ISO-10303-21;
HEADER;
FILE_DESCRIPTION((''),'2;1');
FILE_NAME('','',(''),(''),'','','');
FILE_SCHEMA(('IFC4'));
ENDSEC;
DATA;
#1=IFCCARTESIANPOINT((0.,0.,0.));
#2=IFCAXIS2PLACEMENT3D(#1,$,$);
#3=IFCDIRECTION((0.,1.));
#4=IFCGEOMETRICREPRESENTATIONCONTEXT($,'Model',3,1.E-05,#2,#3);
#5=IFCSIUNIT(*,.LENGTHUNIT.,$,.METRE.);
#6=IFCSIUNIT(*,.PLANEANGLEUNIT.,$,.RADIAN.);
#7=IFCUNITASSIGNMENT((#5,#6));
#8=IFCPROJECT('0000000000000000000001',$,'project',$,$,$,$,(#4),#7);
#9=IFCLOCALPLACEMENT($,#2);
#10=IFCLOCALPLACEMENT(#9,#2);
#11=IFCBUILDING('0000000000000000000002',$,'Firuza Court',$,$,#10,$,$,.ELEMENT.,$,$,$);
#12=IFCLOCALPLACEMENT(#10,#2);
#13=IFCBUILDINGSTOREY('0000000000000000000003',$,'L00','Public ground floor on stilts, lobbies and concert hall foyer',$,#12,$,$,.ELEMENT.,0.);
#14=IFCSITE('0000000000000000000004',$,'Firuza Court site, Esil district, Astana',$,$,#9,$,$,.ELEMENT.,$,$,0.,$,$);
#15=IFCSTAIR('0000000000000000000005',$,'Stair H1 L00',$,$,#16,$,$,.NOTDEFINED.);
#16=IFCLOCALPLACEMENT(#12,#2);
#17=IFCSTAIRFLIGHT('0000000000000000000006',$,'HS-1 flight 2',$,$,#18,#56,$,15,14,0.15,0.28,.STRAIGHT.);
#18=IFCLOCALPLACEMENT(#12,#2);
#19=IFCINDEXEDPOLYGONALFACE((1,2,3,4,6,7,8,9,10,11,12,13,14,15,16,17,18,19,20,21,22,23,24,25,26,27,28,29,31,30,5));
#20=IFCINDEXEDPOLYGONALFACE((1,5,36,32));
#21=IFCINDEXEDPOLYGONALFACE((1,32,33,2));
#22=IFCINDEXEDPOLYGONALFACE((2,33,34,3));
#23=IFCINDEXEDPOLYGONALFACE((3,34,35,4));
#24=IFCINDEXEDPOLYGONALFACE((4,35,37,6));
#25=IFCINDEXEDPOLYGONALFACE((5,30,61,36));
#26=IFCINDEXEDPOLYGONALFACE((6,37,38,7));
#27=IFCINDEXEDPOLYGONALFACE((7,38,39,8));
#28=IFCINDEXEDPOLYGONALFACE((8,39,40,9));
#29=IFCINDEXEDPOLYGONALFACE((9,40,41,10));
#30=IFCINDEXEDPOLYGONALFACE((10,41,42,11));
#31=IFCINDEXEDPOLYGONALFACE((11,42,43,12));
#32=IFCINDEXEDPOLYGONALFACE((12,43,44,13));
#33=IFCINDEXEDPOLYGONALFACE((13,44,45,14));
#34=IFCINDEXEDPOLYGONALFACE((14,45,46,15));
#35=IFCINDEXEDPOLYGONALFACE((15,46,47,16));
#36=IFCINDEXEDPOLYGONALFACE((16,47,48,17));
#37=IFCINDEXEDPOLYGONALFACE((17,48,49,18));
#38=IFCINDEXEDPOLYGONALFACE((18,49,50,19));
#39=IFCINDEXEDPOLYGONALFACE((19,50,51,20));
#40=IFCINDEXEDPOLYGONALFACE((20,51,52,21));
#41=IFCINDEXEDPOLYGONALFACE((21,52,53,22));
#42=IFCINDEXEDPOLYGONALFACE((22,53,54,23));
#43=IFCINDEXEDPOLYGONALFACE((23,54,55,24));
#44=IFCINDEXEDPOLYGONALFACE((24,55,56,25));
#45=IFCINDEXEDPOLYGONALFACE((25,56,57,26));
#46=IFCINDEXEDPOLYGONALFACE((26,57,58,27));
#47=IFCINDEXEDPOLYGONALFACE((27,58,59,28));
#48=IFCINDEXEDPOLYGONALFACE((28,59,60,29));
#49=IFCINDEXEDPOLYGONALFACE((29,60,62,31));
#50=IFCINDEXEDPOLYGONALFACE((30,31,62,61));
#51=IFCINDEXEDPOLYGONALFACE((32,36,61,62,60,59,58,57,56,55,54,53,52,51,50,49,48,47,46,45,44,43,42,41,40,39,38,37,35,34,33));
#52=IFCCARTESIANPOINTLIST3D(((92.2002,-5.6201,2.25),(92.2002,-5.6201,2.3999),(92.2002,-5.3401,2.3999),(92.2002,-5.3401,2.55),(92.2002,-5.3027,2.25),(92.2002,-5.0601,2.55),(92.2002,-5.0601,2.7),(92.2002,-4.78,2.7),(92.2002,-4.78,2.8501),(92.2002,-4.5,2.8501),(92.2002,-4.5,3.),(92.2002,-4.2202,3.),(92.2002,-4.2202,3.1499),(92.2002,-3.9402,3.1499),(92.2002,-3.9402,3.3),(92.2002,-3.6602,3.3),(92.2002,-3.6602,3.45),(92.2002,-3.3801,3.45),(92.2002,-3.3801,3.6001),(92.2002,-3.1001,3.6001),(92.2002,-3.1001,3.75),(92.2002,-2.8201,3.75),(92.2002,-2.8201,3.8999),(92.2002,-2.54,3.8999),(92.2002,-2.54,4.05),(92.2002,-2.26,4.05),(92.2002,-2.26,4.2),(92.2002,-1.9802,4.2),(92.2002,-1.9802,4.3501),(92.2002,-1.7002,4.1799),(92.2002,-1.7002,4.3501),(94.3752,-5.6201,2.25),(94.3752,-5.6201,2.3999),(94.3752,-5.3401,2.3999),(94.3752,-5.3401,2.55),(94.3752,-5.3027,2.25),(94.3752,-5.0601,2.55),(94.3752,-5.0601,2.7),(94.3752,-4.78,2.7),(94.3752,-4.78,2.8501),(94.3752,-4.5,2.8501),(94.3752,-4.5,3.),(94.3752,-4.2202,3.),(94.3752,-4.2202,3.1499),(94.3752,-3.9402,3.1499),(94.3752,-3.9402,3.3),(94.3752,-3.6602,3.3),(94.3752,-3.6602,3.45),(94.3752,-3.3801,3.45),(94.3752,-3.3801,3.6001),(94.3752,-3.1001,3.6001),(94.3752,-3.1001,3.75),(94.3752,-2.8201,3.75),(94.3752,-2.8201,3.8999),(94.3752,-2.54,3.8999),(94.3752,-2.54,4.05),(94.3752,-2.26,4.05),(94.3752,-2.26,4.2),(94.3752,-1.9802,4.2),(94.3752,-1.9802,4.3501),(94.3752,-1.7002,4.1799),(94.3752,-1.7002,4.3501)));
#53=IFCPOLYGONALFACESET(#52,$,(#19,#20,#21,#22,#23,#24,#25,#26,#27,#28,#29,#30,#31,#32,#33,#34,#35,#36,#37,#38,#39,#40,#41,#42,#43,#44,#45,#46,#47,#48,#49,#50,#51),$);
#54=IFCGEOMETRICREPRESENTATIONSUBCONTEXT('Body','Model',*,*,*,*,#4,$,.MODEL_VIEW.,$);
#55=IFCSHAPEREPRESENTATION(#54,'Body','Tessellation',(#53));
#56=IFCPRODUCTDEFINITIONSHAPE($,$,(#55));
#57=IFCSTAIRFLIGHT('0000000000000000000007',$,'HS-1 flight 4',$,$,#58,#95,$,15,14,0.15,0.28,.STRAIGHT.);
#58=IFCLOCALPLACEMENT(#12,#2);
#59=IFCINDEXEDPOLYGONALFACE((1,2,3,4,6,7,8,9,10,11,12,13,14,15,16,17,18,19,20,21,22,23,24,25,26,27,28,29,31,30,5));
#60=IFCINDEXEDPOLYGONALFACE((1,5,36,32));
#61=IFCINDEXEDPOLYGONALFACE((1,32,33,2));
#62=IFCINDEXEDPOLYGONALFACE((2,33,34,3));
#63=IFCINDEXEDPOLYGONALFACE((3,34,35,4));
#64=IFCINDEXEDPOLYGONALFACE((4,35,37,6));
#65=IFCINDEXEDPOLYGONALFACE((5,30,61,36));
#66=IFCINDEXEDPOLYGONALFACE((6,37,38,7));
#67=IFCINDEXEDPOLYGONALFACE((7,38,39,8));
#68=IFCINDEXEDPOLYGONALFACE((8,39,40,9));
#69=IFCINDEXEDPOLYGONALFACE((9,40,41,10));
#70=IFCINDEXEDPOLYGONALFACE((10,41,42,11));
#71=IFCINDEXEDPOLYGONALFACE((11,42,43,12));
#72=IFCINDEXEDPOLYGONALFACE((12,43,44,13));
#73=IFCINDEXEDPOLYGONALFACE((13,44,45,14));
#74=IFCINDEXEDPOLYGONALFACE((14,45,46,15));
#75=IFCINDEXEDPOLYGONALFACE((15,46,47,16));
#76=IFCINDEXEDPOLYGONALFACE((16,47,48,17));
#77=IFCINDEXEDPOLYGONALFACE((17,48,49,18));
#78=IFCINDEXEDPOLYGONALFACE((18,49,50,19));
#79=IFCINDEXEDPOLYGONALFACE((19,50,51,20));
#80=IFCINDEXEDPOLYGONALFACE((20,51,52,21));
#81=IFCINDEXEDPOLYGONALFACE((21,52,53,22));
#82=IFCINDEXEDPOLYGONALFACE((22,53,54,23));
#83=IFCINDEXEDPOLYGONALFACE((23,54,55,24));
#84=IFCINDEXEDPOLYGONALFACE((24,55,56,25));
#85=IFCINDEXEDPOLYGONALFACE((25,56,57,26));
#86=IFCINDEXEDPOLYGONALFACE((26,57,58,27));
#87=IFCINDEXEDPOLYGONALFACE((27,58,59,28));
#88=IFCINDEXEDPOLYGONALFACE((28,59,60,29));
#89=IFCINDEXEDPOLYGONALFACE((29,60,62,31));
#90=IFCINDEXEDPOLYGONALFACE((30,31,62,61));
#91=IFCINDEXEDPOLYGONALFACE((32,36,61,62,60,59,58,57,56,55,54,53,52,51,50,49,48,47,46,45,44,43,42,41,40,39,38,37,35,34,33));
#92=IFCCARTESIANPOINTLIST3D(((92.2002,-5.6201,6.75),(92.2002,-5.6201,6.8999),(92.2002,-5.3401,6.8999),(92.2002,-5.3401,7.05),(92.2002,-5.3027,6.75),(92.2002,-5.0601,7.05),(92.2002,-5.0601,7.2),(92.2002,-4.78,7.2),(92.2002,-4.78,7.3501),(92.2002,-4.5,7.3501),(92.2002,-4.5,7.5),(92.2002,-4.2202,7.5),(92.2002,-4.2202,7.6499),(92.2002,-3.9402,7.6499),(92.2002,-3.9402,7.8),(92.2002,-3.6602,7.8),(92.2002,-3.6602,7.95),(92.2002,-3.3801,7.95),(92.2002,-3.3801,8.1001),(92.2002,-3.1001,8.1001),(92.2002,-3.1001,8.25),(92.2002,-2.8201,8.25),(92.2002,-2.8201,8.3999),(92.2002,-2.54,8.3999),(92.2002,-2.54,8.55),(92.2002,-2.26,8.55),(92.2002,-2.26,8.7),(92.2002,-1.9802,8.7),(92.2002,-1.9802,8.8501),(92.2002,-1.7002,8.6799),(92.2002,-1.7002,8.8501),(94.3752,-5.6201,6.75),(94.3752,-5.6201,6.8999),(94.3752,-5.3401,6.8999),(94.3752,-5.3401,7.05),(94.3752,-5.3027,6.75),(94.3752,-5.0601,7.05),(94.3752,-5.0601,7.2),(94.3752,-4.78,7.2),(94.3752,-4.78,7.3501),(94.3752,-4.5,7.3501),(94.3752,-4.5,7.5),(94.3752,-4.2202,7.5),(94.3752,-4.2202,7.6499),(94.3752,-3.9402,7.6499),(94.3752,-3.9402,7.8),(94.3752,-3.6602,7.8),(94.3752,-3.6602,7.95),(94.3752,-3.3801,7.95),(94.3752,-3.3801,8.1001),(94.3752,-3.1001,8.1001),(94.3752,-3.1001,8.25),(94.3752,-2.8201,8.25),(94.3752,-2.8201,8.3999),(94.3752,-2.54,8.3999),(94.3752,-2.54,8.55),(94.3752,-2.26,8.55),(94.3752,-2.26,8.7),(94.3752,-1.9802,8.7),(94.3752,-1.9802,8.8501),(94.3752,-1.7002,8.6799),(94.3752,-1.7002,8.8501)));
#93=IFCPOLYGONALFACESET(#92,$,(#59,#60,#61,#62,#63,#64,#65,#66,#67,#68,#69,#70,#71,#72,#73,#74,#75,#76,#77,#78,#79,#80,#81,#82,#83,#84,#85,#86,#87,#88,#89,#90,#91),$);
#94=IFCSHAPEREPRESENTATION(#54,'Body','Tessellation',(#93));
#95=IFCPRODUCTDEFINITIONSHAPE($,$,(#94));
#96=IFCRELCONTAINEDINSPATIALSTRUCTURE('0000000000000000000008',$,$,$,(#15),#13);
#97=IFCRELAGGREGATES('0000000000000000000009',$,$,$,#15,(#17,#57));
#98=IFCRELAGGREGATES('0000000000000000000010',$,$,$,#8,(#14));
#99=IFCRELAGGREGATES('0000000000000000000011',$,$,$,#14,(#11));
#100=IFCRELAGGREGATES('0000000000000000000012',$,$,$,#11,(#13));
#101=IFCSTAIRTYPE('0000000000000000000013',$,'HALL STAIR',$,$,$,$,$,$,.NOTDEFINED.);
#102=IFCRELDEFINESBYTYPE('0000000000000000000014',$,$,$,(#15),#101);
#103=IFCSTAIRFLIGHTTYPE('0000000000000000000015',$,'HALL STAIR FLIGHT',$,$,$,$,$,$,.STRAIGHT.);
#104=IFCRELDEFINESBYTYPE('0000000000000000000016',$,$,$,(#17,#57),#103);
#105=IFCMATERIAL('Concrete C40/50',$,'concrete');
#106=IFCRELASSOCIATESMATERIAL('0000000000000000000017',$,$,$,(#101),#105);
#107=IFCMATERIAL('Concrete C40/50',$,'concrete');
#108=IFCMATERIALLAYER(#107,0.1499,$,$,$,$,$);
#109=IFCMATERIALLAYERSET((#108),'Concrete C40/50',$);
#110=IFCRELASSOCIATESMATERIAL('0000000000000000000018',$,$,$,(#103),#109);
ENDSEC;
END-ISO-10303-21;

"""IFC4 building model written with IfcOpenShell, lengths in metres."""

from ifc_helpers import new_model, si_unit, direction, frame, origin, place, context, subcontext, project, spatial, polyline, outline, extrude, material, layer, layer_set, type_object, element, aggregate, save


model = new_model("IFC4")

# Units and contexts
model_context = context("Model", 3, precision=1e-05, world=origin(), true_north=direction((0.0, 1.0)))
body_context = subcontext(model_context, "Body", "Model", "MODEL_VIEW")
ifc_project = project(units=[si_unit("LENGTHUNIT", "METRE"), si_unit("PLANEANGLEUNIT", "RADIAN")], contexts=[model_context])

# Site, building, storey
site_placement = place(None, origin())
site = spatial("IfcSite", under=ifc_project, at=site_placement, Name="Firuza Court site, Esil district, Astana", CompositionType="ELEMENT", RefElevation=0.0)
building_placement = place(site_placement, origin())
building = spatial("IfcBuilding", under=site, at=building_placement, Name="Firuza Court", CompositionType="ELEMENT")
storey_placement = place(building_placement, origin())
storey = spatial("IfcBuildingStorey", under=building, at=storey_placement, Name="L00", Description="Public ground floor on stilts, lobbies and concert hall foyer", CompositionType="ELEMENT", Elevation=0.0)

# Shared definitions
ifc_material_1 = material(Name="Concrete C40/50", Category="concrete")

# Stair, stair flights
ifc_material_2 = material(Name="Concrete C40/50", Category="concrete")
stair_type = type_object("IfcStairType", Name="HALL STAIR", PredefinedType="NOTDEFINED", material=ifc_material_2)
stair_placement = place(storey_placement, origin())
stair = element("IfcStair", 1, at=stair_placement, inside=storey, type_object=stair_type, Name="Stair H1 L00", PredefinedType="NOTDEFINED")
ifc_layer_1 = layer(ifc_material_1, 0.1499)
ifc_layer_set_1 = layer_set([ifc_layer_1], Name="Concrete C40/50")
stair_flight_type = type_object("IfcStairFlightType", Name="HALL STAIR FLIGHT", PredefinedType="STRAIGHT", material=ifc_layer_set_1)
stair_flight_1_placement = place(storey_placement, frame((93.2876, -5.6201, 2.25), z_axis=(0.0, 0.0, 1.0), x_axis=(0.0, 1.0, 0.0)))
stair_flight_1 = element("IfcStairFlight", 2, at=stair_flight_1_placement, type_object=stair_flight_type, Name="HS-1 flight 2", NumberOfRisers=15, NumberOfTreads=14, PredefinedType="STRAIGHT", RiserHeight=0.15, TreadLength=0.28, context=body_context, shape_type="SweptSolid", body=[
    extrude(outline(polyline([(0.0, 0.0), (0.0, 0.1499), (0.28, 0.1499), (0.28, 0.3), (0.5601, 0.3), (0.5601, 0.45), (0.8401, 0.45), (0.8401, 0.6001), (1.1201, 0.6001), (1.1201, 0.75), (1.3999, 0.75), (1.3999, 0.8999), (1.6799, 0.8999), (1.6799, 1.05), (1.96, 1.05), (1.96, 1.2), (2.24, 1.2), (2.24, 1.3501), (2.52, 1.3501), (2.52, 1.5), (2.8, 1.5), (2.8, 1.6499), (3.0801, 1.6499), (3.0801, 1.8), (3.3601, 1.8), (3.3601, 1.95), (3.6399, 1.95), (3.6399, 2.1001), (3.9199, 2.1001), (3.9199, 2.25), (3.9199, 1.9299), (0.3174, 0.0), (0.0, 0.0)])), frame((0.0, 1.0874, 0.0), z_axis=(0.0, -1.0, 0.0), x_axis=(1.0, 0.0, 0.0)), (0.0, 0.0, 1.0), 2.175),
])
stair_flight_2_placement = place(storey_placement, frame((93.2876, -5.6201, 6.75), z_axis=(0.0, 0.0, 1.0), x_axis=(0.0, 1.0, 0.0)))
stair_flight_2 = element("IfcStairFlight", 3, at=stair_flight_2_placement, type_object=stair_flight_type, Name="HS-1 flight 4", NumberOfRisers=15, NumberOfTreads=14, PredefinedType="STRAIGHT", RiserHeight=0.15, TreadLength=0.28, context=body_context, shape_type="SweptSolid", body=[
    extrude(outline(polyline([(0.0, 0.0), (0.0, 0.1499), (0.28, 0.1499), (0.28, 0.3), (0.5601, 0.3), (0.5601, 0.45), (0.8401, 0.45), (0.8401, 0.6001), (1.1201, 0.6001), (1.1201, 0.75), (1.3999, 0.75), (1.3999, 0.8999), (1.6799, 0.8999), (1.6799, 1.05), (1.96, 1.05), (1.96, 1.2), (2.24, 1.2), (2.24, 1.3501), (2.52, 1.3501), (2.52, 1.5), (2.8, 1.5), (2.8, 1.6499), (3.0801, 1.6499), (3.0801, 1.8), (3.3601, 1.8), (3.3601, 1.95), (3.6399, 1.95), (3.6399, 2.1001), (3.9199, 2.1001), (3.9199, 2.25), (3.9199, 1.9299), (0.3174, 0.0), (0.0, 0.0)])), frame((0.0, 1.0874, 0.0), z_axis=(0.0, -1.0, 0.0), x_axis=(1.0, 0.0, 0.0)), (0.0, 0.0, 1.0), 2.175),
])
aggregate(stair, [stair_flight_1, stair_flight_2])

save(model, "model.ifc")
